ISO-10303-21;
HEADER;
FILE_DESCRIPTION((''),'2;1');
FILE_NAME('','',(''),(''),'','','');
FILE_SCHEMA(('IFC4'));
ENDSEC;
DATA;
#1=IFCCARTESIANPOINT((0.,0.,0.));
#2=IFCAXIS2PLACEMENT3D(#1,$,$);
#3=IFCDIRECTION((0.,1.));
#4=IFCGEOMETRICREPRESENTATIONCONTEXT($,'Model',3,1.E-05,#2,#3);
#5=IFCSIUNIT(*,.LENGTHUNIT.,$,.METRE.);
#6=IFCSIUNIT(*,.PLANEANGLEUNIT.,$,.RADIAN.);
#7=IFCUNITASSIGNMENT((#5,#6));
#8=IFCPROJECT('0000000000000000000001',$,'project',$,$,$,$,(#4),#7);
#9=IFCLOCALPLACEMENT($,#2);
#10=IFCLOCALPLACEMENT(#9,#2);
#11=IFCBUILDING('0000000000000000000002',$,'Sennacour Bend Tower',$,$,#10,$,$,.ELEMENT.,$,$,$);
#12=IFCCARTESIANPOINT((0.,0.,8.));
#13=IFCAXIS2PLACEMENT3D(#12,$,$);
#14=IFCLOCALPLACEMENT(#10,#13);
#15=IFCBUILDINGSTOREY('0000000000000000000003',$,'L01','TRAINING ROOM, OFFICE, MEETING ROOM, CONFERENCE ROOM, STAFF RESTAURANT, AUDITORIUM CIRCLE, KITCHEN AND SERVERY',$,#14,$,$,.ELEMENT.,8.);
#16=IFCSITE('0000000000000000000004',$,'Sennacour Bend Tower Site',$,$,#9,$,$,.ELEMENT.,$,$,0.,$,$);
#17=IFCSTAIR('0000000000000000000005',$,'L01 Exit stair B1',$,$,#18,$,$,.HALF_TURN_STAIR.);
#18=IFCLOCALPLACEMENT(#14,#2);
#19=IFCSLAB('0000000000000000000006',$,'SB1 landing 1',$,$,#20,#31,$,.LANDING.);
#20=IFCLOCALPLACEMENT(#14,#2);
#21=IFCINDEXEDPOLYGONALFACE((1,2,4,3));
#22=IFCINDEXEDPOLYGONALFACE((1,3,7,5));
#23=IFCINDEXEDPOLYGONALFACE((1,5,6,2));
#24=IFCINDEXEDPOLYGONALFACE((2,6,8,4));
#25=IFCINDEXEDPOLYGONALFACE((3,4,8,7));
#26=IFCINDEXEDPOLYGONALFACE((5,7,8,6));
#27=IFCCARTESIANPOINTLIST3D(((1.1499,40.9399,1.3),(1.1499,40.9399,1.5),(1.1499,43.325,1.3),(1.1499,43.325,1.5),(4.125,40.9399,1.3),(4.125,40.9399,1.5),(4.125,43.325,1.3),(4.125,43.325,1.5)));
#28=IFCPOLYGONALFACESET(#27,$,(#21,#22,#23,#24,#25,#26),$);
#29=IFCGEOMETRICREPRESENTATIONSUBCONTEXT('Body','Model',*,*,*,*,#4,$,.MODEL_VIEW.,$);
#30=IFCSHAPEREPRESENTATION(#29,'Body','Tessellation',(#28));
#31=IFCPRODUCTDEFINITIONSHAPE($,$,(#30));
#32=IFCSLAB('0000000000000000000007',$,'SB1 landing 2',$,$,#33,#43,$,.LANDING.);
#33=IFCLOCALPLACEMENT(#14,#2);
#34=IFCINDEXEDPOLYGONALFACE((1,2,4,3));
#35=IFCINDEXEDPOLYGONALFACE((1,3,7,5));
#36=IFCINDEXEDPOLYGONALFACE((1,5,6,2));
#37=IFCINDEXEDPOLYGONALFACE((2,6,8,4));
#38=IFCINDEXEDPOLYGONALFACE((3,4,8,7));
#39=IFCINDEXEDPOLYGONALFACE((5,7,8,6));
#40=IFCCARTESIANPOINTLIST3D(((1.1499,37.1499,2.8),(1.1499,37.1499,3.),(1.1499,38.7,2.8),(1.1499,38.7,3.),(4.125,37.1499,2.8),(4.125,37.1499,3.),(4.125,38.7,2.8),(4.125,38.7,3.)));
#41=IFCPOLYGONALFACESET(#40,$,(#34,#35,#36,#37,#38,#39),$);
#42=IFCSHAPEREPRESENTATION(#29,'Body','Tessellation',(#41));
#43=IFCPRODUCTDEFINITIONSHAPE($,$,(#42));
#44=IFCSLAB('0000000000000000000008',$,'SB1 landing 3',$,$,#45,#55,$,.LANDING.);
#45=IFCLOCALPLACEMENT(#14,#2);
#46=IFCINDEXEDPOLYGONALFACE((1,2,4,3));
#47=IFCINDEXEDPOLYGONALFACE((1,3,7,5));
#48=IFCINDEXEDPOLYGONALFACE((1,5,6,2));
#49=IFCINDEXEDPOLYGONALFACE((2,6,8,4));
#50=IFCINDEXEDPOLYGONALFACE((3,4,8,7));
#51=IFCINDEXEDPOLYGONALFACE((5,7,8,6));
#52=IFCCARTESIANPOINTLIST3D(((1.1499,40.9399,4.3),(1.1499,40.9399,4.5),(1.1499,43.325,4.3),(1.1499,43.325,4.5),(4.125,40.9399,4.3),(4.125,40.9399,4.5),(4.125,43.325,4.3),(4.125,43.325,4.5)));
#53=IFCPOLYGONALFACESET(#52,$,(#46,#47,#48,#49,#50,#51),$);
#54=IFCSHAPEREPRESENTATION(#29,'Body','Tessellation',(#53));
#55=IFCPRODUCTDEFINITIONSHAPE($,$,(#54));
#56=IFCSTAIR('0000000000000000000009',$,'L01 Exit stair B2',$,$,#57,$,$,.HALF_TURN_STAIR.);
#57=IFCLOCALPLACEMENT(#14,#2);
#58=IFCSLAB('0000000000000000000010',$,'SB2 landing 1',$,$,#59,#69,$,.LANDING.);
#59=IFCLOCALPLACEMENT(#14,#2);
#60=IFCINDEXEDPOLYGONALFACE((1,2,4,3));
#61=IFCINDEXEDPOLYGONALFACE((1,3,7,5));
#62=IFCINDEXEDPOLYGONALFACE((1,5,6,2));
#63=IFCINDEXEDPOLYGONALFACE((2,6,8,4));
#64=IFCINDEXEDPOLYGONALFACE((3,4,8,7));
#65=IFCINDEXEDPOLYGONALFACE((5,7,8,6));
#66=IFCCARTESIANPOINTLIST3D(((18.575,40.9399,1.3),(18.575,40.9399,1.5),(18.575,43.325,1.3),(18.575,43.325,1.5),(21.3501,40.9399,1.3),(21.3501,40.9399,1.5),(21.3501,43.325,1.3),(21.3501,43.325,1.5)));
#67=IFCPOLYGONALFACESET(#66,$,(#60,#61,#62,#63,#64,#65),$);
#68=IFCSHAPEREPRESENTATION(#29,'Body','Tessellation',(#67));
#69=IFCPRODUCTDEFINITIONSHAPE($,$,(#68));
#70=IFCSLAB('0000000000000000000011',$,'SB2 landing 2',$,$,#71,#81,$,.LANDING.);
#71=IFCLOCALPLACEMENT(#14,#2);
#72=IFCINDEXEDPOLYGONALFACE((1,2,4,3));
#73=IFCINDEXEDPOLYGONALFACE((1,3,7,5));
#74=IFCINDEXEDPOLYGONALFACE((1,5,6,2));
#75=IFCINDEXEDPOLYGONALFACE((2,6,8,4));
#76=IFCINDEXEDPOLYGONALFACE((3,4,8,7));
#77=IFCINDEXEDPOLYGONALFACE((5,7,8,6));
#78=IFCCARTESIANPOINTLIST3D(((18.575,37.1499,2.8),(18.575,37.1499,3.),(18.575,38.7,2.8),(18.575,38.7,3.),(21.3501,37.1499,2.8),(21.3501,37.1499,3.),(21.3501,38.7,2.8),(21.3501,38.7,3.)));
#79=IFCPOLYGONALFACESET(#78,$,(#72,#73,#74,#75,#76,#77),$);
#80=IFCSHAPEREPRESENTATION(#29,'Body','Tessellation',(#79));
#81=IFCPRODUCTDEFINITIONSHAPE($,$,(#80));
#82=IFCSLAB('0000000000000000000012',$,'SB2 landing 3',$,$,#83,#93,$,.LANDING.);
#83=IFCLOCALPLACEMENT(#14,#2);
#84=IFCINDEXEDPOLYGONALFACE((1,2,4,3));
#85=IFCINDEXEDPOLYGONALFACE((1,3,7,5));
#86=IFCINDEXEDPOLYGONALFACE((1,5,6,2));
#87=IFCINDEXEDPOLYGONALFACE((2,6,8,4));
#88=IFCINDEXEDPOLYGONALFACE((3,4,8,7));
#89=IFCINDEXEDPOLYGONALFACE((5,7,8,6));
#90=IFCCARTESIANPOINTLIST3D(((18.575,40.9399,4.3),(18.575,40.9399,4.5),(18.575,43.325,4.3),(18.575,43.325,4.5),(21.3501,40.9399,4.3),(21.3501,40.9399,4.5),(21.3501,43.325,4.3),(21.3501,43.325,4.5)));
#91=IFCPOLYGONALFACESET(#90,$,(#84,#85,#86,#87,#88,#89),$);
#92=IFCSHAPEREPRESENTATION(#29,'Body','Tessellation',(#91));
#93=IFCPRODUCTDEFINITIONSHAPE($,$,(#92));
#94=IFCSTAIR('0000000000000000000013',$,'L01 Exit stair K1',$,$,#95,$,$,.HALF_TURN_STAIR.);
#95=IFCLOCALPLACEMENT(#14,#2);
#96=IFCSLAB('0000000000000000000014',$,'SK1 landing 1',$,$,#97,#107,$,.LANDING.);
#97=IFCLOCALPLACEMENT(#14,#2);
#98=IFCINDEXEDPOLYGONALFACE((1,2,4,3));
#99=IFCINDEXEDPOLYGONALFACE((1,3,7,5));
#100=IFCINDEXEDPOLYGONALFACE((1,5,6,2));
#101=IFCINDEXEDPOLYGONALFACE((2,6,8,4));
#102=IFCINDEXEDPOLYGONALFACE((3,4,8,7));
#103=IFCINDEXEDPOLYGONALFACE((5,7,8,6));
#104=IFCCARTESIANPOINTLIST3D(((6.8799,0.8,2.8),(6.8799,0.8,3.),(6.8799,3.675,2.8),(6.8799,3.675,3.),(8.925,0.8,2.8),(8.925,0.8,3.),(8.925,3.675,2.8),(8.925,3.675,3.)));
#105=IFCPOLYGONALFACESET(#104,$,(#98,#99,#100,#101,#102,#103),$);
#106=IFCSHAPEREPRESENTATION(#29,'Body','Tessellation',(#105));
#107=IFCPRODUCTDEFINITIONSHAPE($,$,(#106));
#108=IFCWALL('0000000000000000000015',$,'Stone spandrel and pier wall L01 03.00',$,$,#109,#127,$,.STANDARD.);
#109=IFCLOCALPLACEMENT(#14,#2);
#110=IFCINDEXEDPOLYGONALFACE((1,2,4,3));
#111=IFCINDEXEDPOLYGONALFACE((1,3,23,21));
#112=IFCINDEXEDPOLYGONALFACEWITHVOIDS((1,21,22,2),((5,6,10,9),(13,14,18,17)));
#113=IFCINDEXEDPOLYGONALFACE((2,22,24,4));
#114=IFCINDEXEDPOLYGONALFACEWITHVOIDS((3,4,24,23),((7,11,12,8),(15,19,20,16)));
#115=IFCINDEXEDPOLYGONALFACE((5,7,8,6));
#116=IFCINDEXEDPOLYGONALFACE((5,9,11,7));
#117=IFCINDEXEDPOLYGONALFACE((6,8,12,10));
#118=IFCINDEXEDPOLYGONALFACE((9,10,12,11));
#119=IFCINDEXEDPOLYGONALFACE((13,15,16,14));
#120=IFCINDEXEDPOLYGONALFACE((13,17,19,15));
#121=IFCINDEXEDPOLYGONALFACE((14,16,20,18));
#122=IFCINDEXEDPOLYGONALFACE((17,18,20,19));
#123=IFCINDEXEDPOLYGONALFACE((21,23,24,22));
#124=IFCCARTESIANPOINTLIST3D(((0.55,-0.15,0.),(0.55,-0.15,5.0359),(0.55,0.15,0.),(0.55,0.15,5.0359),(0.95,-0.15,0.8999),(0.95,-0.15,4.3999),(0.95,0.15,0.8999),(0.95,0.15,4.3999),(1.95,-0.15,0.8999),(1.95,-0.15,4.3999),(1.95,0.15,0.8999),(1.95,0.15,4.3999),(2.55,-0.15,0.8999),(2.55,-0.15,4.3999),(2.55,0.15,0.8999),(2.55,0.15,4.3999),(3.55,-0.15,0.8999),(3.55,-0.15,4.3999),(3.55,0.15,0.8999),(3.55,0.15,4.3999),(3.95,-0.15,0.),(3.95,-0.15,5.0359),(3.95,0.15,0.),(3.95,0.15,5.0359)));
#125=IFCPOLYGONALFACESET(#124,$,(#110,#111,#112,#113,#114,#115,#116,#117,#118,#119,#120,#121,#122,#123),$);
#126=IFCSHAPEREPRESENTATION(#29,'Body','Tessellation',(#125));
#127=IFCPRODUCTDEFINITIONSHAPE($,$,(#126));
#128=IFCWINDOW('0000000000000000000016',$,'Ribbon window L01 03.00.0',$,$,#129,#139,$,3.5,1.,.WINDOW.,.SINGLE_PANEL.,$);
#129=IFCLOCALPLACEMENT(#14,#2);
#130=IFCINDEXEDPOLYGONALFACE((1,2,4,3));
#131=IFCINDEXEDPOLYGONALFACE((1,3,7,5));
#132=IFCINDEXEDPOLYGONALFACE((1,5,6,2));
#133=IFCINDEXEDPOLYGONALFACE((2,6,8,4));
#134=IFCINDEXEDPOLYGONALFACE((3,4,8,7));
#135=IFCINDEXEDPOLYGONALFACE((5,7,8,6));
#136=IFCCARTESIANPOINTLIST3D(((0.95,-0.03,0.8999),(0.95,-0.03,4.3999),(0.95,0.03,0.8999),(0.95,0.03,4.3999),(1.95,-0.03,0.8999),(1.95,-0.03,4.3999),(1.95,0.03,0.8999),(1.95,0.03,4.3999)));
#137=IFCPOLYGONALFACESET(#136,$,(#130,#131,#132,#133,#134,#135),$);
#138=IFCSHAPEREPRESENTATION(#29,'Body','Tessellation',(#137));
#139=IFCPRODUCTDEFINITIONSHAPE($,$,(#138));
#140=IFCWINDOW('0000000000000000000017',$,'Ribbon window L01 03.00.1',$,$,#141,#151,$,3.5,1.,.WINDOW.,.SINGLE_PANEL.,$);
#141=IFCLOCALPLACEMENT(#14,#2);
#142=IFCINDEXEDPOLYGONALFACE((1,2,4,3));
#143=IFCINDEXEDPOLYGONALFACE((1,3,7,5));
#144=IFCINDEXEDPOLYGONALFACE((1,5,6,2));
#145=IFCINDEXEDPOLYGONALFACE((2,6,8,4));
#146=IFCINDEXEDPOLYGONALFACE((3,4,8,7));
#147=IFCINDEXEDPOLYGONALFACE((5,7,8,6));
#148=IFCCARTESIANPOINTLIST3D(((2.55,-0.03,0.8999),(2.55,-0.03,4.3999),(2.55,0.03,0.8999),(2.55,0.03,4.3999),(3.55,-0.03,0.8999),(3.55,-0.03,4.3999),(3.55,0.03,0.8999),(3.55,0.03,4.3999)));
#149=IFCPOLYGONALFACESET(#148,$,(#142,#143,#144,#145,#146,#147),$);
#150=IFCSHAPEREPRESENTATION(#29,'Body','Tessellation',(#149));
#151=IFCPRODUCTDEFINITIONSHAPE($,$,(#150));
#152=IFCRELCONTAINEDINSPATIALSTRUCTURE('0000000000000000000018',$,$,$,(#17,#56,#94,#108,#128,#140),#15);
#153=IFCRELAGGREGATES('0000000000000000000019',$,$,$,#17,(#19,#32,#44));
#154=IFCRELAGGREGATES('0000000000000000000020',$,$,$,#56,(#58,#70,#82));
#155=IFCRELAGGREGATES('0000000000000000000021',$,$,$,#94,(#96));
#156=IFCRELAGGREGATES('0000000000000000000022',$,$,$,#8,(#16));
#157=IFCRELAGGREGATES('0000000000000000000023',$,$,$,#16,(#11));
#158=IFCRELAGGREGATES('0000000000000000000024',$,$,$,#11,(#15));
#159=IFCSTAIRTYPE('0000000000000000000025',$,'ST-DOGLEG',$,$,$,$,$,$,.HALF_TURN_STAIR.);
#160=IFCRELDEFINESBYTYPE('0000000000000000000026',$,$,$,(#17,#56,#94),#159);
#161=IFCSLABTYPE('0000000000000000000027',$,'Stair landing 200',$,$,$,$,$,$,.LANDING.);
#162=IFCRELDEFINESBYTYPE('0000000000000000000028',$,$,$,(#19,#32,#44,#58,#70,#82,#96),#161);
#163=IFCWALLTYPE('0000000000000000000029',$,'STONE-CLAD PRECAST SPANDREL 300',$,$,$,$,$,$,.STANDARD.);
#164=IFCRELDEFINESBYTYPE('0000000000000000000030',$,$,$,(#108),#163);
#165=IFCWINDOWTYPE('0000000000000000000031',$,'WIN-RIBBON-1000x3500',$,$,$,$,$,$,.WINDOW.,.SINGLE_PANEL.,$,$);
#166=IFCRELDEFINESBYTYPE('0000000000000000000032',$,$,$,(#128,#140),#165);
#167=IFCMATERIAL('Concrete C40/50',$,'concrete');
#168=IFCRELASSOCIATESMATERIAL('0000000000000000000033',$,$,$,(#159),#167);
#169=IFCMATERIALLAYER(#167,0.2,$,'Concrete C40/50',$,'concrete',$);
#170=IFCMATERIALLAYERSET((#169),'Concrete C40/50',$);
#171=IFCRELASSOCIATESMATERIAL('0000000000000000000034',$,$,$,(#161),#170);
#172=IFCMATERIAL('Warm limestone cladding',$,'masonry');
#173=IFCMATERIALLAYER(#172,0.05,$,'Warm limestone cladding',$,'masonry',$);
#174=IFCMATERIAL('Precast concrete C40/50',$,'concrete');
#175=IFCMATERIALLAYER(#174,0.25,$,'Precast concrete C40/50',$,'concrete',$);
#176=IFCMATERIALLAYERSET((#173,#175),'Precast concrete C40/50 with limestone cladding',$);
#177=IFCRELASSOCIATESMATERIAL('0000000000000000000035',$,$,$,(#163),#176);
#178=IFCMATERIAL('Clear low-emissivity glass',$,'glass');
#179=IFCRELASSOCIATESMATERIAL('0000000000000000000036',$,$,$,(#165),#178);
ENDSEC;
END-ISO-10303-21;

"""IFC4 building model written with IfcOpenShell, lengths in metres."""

from ifc_helpers import new_model, si_unit, direction, frame, frame_2d, origin, place, context, subcontext, project, spatial, polyline, rectangle, outline, extrude, material, layer, layer_set, type_object, element, fill, aggregate, save


model = new_model("IFC4")

# Units and contexts
model_context = context("Model", 3, precision=1e-05, world=origin(), true_north=direction((0.0, 1.0)))
body_context = subcontext(model_context, "Body", "Model", "MODEL_VIEW")
ifc_project = project(units=[si_unit("LENGTHUNIT", "METRE"), si_unit("PLANEANGLEUNIT", "RADIAN")], contexts=[model_context])

# Site, building, storey
site_placement = place(None, origin())
site = spatial("IfcSite", under=ifc_project, at=site_placement, Name="Sennacour Bend Tower Site", CompositionType="ELEMENT", RefElevation=0.0)
building_placement = place(site_placement, origin())
building = spatial("IfcBuilding", under=site, at=building_placement, Name="Sennacour Bend Tower", CompositionType="ELEMENT")
storey_placement = place(building_placement, frame((0.0, 0.0, 8.0)))
storey = spatial("IfcBuildingStorey", under=building, at=storey_placement, Name="L01", Description="TRAINING ROOM, OFFICE, MEETING ROOM, CONFERENCE ROOM, STAFF RESTAURANT, AUDITORIUM CIRCLE, KITCHEN AND SERVERY", CompositionType="ELEMENT", Elevation=8.0)

# Stairs, slabs
ifc_material_1 = material(Name="Concrete C40/50", Category="concrete")
stair_type = type_object("IfcStairType", Name="ST-DOGLEG", PredefinedType="HALF_TURN_STAIR", material=ifc_material_1)
ifc_layer_1 = layer(ifc_material_1, 0.2, Name="Concrete C40/50", Category="concrete")
ifc_layer_set_1 = layer_set([ifc_layer_1], Name="Concrete C40/50")
slab_type_1 = type_object("IfcSlabType", Name="Stair landing 200", PredefinedType="LANDING", material=ifc_layer_set_1)
stair_1_placement = place(storey_placement, origin())
stair_1 = element("IfcStair", 1, at=stair_1_placement, inside=storey, type_object=stair_type, Name="L01 Exit stair B1", PredefinedType="HALF_TURN_STAIR")
slab_1_placement = place(storey_placement, frame((0.0, 0.0, 1.3)))
slab_1 = element("IfcSlab", 2, at=slab_1_placement, type_object=slab_type_1, Name="SB1 landing 1", PredefinedType="LANDING", context=body_context, shape_type="SweptSolid", body=[
    extrude(outline(polyline([(1.1499, 40.9399), (4.125, 40.9399), (4.125, 43.325), (1.1499, 43.325), (1.1499, 40.9399)])), origin(), (0.0, 0.0, 1.0), 0.2),
])
slab_2_placement = place(storey_placement, frame((0.0, 0.0, 2.8)))
slab_2 = element("IfcSlab", 3, at=slab_2_placement, type_object=slab_type_1, Name="SB1 landing 2", PredefinedType="LANDING", context=body_context, shape_type="SweptSolid", body=[
    extrude(outline(polyline([(1.1499, 37.1499), (4.125, 37.1499), (4.125, 38.7), (1.1499, 38.7), (1.1499, 37.1499)])), origin(), (0.0, 0.0, 1.0), 0.2),
])
slab_3_placement = place(storey_placement, frame((0.0, 0.0, 4.3)))
slab_3 = element("IfcSlab", 4, at=slab_3_placement, type_object=slab_type_1, Name="SB1 landing 3", PredefinedType="LANDING", context=body_context, shape_type="SweptSolid", body=[
    extrude(outline(polyline([(1.1499, 40.9399), (4.125, 40.9399), (4.125, 43.325), (1.1499, 43.325), (1.1499, 40.9399)])), origin(), (0.0, 0.0, 1.0), 0.2),
])
aggregate(stair_1, [slab_1, slab_2, slab_3])
stair_2_placement = place(storey_placement, origin())
stair_2 = element("IfcStair", 5, at=stair_2_placement, inside=storey, type_object=stair_type, Name="L01 Exit stair B2", PredefinedType="HALF_TURN_STAIR")
slab_4_placement = place(storey_placement, frame((0.0, 0.0, 1.3)))
slab_4 = element("IfcSlab", 6, at=slab_4_placement, type_object=slab_type_1, Name="SB2 landing 1", PredefinedType="LANDING", context=body_context, shape_type="SweptSolid", body=[
    extrude(outline(polyline([(18.575, 40.9399), (21.3501, 40.9399), (21.3501, 43.325), (18.575, 43.325), (18.575, 40.9399)])), origin(), (0.0, 0.0, 1.0), 0.2),
])
slab_5_placement = place(storey_placement, frame((0.0, 0.0, 2.8)))
slab_5 = element("IfcSlab", 7, at=slab_5_placement, type_object=slab_type_1, Name="SB2 landing 2", PredefinedType="LANDING", context=body_context, shape_type="SweptSolid", body=[
    extrude(outline(polyline([(18.575, 37.1499), (21.3501, 37.1499), (21.3501, 38.7), (18.575, 38.7), (18.575, 37.1499)])), origin(), (0.0, 0.0, 1.0), 0.2),
])
slab_6_placement = place(storey_placement, frame((0.0, 0.0, 4.3)))
slab_6 = element("IfcSlab", 8, at=slab_6_placement, type_object=slab_type_1, Name="SB2 landing 3", PredefinedType="LANDING", context=body_context, shape_type="SweptSolid", body=[
    extrude(outline(polyline([(18.575, 40.9399), (21.3501, 40.9399), (21.3501, 43.325), (18.575, 43.325), (18.575, 40.9399)])), origin(), (0.0, 0.0, 1.0), 0.2),
])
aggregate(stair_2, [slab_4, slab_5, slab_6])

# Stair, slab
stair_3_placement = place(storey_placement, origin())
stair_3 = element("IfcStair", 9, at=stair_3_placement, inside=storey, type_object=stair_type, Name="L01 Exit stair K1", PredefinedType="HALF_TURN_STAIR")
slab_7_placement = place(storey_placement, frame((0.0, 0.0, 2.8)))
slab_7 = element("IfcSlab", 10, at=slab_7_placement, type_object=slab_type_1, Name="SK1 landing 1", PredefinedType="LANDING", context=body_context, shape_type="SweptSolid", body=[
    extrude(outline(polyline([(6.8799, 0.8), (8.925, 0.8), (8.925, 3.675), (6.8799, 3.675), (6.8799, 0.8)])), origin(), (0.0, 0.0, 1.0), 0.2),
])

# Wall, openings, windows
ifc_material_2 = material(Name="Warm limestone cladding", Category="masonry")
ifc_layer_2 = layer(ifc_material_2, 0.05, Name="Warm limestone cladding", Category="masonry")
ifc_material_3 = material(Name="Precast concrete C40/50", Category="concrete")
ifc_layer_3 = layer(ifc_material_3, 0.25, Name="Precast concrete C40/50", Category="concrete")
ifc_layer_set_2 = layer_set([ifc_layer_2, ifc_layer_3], Name="Precast concrete C40/50 with limestone cladding")
wall_type_1 = type_object("IfcWallType", Name="STONE-CLAD PRECAST SPANDREL 300", PredefinedType="STANDARD", material=ifc_layer_set_2)
wall_1_placement = place(storey_placement, frame((0.55, 0.0, 0.0), z_axis=(0.0, 0.0, 1.0), x_axis=(1.0, 0.0, 0.0)))
wall_1 = element("IfcWall", 11, at=wall_1_placement, inside=storey, type_object=wall_type_1, Name="Stone spandrel and pier wall L01 03.00", PredefinedType="STANDARD", context=body_context, shape_type="SweptSolid", body=[
    extrude(rectangle(XDim=3.3999, YDim=0.3, at=frame_2d((1.7, 0.0))), origin(), (0.0, 0.0, 1.0), 5.0359),
])
opening_1_placement = place(wall_1_placement, frame((0.3999, 0.0, 0.8999)))
opening_1 = element("IfcOpeningElement", 12, at=opening_1_placement, cuts=wall_1, PredefinedType="OPENING", context=body_context, shape_type="SweptSolid", body=[
    extrude(rectangle(XDim=1.0, YDim=3.5, at=frame_2d((0.5, 1.75))), frame((0.0, 0.1602, 0.0), z_axis=(0.0, -1.0, 0.0), x_axis=(1.0, 0.0, 0.0)), (0.0, 0.0, 1.0), 0.3201),
])
opening_2_placement = place(wall_1_placement, frame((2.0, 0.0, 0.8999)))
opening_2 = element("IfcOpeningElement", 13, at=opening_2_placement, cuts=wall_1, PredefinedType="OPENING", context=body_context, shape_type="SweptSolid", body=[
    extrude(rectangle(XDim=1.0, YDim=3.5, at=frame_2d((0.5, 1.75))), frame((0.0, 0.1602, 0.0), z_axis=(0.0, -1.0, 0.0), x_axis=(1.0, 0.0, 0.0)), (0.0, 0.0, 1.0), 0.3201),
])
ifc_material_4 = material(Name="Clear low-emissivity glass", Category="glass")
window_type = type_object("IfcWindowType", Name="WIN-RIBBON-1000x3500", PartitioningType="SINGLE_PANEL", PredefinedType="WINDOW", material=ifc_material_4)
window_1_placement = place(opening_1_placement, origin())
window_1 = element("IfcWindow", 14, at=window_1_placement, inside=storey, type_object=window_type, Name="Ribbon window L01 03.00.0", OverallHeight=3.5, OverallWidth=1.0, PartitioningType="SINGLE_PANEL", PredefinedType="WINDOW", context=body_context, shape_type="SweptSolid", body=[
    extrude(rectangle(XDim=1.0, YDim=3.5, at=frame_2d((0.5, 1.75))), frame((0.0, 0.03, 0.0), z_axis=(0.0, -1.0, 0.0), x_axis=(1.0, 0.0, 0.0)), (0.0, 0.0, 1.0), 0.0601),
])
fill(opening_1, window_1)
window_2_placement = place(opening_2_placement, origin())
window_2 = element("IfcWindow", 15, at=window_2_placement, inside=storey, type_object=window_type, Name="Ribbon window L01 03.00.1", OverallHeight=3.5, OverallWidth=1.0, PartitioningType="SINGLE_PANEL", PredefinedType="WINDOW", context=body_context, shape_type="SweptSolid", body=[
    extrude(rectangle(XDim=1.0, YDim=3.5, at=frame_2d((0.5, 1.75))), frame((0.0, 0.03, 0.0), z_axis=(0.0, -1.0, 0.0), x_axis=(1.0, 0.0, 0.0)), (0.0, 0.0, 1.0), 0.0601),
])
fill(opening_2, window_2)

aggregate(stair_3, [slab_7])

save(model, "model.ifc")
